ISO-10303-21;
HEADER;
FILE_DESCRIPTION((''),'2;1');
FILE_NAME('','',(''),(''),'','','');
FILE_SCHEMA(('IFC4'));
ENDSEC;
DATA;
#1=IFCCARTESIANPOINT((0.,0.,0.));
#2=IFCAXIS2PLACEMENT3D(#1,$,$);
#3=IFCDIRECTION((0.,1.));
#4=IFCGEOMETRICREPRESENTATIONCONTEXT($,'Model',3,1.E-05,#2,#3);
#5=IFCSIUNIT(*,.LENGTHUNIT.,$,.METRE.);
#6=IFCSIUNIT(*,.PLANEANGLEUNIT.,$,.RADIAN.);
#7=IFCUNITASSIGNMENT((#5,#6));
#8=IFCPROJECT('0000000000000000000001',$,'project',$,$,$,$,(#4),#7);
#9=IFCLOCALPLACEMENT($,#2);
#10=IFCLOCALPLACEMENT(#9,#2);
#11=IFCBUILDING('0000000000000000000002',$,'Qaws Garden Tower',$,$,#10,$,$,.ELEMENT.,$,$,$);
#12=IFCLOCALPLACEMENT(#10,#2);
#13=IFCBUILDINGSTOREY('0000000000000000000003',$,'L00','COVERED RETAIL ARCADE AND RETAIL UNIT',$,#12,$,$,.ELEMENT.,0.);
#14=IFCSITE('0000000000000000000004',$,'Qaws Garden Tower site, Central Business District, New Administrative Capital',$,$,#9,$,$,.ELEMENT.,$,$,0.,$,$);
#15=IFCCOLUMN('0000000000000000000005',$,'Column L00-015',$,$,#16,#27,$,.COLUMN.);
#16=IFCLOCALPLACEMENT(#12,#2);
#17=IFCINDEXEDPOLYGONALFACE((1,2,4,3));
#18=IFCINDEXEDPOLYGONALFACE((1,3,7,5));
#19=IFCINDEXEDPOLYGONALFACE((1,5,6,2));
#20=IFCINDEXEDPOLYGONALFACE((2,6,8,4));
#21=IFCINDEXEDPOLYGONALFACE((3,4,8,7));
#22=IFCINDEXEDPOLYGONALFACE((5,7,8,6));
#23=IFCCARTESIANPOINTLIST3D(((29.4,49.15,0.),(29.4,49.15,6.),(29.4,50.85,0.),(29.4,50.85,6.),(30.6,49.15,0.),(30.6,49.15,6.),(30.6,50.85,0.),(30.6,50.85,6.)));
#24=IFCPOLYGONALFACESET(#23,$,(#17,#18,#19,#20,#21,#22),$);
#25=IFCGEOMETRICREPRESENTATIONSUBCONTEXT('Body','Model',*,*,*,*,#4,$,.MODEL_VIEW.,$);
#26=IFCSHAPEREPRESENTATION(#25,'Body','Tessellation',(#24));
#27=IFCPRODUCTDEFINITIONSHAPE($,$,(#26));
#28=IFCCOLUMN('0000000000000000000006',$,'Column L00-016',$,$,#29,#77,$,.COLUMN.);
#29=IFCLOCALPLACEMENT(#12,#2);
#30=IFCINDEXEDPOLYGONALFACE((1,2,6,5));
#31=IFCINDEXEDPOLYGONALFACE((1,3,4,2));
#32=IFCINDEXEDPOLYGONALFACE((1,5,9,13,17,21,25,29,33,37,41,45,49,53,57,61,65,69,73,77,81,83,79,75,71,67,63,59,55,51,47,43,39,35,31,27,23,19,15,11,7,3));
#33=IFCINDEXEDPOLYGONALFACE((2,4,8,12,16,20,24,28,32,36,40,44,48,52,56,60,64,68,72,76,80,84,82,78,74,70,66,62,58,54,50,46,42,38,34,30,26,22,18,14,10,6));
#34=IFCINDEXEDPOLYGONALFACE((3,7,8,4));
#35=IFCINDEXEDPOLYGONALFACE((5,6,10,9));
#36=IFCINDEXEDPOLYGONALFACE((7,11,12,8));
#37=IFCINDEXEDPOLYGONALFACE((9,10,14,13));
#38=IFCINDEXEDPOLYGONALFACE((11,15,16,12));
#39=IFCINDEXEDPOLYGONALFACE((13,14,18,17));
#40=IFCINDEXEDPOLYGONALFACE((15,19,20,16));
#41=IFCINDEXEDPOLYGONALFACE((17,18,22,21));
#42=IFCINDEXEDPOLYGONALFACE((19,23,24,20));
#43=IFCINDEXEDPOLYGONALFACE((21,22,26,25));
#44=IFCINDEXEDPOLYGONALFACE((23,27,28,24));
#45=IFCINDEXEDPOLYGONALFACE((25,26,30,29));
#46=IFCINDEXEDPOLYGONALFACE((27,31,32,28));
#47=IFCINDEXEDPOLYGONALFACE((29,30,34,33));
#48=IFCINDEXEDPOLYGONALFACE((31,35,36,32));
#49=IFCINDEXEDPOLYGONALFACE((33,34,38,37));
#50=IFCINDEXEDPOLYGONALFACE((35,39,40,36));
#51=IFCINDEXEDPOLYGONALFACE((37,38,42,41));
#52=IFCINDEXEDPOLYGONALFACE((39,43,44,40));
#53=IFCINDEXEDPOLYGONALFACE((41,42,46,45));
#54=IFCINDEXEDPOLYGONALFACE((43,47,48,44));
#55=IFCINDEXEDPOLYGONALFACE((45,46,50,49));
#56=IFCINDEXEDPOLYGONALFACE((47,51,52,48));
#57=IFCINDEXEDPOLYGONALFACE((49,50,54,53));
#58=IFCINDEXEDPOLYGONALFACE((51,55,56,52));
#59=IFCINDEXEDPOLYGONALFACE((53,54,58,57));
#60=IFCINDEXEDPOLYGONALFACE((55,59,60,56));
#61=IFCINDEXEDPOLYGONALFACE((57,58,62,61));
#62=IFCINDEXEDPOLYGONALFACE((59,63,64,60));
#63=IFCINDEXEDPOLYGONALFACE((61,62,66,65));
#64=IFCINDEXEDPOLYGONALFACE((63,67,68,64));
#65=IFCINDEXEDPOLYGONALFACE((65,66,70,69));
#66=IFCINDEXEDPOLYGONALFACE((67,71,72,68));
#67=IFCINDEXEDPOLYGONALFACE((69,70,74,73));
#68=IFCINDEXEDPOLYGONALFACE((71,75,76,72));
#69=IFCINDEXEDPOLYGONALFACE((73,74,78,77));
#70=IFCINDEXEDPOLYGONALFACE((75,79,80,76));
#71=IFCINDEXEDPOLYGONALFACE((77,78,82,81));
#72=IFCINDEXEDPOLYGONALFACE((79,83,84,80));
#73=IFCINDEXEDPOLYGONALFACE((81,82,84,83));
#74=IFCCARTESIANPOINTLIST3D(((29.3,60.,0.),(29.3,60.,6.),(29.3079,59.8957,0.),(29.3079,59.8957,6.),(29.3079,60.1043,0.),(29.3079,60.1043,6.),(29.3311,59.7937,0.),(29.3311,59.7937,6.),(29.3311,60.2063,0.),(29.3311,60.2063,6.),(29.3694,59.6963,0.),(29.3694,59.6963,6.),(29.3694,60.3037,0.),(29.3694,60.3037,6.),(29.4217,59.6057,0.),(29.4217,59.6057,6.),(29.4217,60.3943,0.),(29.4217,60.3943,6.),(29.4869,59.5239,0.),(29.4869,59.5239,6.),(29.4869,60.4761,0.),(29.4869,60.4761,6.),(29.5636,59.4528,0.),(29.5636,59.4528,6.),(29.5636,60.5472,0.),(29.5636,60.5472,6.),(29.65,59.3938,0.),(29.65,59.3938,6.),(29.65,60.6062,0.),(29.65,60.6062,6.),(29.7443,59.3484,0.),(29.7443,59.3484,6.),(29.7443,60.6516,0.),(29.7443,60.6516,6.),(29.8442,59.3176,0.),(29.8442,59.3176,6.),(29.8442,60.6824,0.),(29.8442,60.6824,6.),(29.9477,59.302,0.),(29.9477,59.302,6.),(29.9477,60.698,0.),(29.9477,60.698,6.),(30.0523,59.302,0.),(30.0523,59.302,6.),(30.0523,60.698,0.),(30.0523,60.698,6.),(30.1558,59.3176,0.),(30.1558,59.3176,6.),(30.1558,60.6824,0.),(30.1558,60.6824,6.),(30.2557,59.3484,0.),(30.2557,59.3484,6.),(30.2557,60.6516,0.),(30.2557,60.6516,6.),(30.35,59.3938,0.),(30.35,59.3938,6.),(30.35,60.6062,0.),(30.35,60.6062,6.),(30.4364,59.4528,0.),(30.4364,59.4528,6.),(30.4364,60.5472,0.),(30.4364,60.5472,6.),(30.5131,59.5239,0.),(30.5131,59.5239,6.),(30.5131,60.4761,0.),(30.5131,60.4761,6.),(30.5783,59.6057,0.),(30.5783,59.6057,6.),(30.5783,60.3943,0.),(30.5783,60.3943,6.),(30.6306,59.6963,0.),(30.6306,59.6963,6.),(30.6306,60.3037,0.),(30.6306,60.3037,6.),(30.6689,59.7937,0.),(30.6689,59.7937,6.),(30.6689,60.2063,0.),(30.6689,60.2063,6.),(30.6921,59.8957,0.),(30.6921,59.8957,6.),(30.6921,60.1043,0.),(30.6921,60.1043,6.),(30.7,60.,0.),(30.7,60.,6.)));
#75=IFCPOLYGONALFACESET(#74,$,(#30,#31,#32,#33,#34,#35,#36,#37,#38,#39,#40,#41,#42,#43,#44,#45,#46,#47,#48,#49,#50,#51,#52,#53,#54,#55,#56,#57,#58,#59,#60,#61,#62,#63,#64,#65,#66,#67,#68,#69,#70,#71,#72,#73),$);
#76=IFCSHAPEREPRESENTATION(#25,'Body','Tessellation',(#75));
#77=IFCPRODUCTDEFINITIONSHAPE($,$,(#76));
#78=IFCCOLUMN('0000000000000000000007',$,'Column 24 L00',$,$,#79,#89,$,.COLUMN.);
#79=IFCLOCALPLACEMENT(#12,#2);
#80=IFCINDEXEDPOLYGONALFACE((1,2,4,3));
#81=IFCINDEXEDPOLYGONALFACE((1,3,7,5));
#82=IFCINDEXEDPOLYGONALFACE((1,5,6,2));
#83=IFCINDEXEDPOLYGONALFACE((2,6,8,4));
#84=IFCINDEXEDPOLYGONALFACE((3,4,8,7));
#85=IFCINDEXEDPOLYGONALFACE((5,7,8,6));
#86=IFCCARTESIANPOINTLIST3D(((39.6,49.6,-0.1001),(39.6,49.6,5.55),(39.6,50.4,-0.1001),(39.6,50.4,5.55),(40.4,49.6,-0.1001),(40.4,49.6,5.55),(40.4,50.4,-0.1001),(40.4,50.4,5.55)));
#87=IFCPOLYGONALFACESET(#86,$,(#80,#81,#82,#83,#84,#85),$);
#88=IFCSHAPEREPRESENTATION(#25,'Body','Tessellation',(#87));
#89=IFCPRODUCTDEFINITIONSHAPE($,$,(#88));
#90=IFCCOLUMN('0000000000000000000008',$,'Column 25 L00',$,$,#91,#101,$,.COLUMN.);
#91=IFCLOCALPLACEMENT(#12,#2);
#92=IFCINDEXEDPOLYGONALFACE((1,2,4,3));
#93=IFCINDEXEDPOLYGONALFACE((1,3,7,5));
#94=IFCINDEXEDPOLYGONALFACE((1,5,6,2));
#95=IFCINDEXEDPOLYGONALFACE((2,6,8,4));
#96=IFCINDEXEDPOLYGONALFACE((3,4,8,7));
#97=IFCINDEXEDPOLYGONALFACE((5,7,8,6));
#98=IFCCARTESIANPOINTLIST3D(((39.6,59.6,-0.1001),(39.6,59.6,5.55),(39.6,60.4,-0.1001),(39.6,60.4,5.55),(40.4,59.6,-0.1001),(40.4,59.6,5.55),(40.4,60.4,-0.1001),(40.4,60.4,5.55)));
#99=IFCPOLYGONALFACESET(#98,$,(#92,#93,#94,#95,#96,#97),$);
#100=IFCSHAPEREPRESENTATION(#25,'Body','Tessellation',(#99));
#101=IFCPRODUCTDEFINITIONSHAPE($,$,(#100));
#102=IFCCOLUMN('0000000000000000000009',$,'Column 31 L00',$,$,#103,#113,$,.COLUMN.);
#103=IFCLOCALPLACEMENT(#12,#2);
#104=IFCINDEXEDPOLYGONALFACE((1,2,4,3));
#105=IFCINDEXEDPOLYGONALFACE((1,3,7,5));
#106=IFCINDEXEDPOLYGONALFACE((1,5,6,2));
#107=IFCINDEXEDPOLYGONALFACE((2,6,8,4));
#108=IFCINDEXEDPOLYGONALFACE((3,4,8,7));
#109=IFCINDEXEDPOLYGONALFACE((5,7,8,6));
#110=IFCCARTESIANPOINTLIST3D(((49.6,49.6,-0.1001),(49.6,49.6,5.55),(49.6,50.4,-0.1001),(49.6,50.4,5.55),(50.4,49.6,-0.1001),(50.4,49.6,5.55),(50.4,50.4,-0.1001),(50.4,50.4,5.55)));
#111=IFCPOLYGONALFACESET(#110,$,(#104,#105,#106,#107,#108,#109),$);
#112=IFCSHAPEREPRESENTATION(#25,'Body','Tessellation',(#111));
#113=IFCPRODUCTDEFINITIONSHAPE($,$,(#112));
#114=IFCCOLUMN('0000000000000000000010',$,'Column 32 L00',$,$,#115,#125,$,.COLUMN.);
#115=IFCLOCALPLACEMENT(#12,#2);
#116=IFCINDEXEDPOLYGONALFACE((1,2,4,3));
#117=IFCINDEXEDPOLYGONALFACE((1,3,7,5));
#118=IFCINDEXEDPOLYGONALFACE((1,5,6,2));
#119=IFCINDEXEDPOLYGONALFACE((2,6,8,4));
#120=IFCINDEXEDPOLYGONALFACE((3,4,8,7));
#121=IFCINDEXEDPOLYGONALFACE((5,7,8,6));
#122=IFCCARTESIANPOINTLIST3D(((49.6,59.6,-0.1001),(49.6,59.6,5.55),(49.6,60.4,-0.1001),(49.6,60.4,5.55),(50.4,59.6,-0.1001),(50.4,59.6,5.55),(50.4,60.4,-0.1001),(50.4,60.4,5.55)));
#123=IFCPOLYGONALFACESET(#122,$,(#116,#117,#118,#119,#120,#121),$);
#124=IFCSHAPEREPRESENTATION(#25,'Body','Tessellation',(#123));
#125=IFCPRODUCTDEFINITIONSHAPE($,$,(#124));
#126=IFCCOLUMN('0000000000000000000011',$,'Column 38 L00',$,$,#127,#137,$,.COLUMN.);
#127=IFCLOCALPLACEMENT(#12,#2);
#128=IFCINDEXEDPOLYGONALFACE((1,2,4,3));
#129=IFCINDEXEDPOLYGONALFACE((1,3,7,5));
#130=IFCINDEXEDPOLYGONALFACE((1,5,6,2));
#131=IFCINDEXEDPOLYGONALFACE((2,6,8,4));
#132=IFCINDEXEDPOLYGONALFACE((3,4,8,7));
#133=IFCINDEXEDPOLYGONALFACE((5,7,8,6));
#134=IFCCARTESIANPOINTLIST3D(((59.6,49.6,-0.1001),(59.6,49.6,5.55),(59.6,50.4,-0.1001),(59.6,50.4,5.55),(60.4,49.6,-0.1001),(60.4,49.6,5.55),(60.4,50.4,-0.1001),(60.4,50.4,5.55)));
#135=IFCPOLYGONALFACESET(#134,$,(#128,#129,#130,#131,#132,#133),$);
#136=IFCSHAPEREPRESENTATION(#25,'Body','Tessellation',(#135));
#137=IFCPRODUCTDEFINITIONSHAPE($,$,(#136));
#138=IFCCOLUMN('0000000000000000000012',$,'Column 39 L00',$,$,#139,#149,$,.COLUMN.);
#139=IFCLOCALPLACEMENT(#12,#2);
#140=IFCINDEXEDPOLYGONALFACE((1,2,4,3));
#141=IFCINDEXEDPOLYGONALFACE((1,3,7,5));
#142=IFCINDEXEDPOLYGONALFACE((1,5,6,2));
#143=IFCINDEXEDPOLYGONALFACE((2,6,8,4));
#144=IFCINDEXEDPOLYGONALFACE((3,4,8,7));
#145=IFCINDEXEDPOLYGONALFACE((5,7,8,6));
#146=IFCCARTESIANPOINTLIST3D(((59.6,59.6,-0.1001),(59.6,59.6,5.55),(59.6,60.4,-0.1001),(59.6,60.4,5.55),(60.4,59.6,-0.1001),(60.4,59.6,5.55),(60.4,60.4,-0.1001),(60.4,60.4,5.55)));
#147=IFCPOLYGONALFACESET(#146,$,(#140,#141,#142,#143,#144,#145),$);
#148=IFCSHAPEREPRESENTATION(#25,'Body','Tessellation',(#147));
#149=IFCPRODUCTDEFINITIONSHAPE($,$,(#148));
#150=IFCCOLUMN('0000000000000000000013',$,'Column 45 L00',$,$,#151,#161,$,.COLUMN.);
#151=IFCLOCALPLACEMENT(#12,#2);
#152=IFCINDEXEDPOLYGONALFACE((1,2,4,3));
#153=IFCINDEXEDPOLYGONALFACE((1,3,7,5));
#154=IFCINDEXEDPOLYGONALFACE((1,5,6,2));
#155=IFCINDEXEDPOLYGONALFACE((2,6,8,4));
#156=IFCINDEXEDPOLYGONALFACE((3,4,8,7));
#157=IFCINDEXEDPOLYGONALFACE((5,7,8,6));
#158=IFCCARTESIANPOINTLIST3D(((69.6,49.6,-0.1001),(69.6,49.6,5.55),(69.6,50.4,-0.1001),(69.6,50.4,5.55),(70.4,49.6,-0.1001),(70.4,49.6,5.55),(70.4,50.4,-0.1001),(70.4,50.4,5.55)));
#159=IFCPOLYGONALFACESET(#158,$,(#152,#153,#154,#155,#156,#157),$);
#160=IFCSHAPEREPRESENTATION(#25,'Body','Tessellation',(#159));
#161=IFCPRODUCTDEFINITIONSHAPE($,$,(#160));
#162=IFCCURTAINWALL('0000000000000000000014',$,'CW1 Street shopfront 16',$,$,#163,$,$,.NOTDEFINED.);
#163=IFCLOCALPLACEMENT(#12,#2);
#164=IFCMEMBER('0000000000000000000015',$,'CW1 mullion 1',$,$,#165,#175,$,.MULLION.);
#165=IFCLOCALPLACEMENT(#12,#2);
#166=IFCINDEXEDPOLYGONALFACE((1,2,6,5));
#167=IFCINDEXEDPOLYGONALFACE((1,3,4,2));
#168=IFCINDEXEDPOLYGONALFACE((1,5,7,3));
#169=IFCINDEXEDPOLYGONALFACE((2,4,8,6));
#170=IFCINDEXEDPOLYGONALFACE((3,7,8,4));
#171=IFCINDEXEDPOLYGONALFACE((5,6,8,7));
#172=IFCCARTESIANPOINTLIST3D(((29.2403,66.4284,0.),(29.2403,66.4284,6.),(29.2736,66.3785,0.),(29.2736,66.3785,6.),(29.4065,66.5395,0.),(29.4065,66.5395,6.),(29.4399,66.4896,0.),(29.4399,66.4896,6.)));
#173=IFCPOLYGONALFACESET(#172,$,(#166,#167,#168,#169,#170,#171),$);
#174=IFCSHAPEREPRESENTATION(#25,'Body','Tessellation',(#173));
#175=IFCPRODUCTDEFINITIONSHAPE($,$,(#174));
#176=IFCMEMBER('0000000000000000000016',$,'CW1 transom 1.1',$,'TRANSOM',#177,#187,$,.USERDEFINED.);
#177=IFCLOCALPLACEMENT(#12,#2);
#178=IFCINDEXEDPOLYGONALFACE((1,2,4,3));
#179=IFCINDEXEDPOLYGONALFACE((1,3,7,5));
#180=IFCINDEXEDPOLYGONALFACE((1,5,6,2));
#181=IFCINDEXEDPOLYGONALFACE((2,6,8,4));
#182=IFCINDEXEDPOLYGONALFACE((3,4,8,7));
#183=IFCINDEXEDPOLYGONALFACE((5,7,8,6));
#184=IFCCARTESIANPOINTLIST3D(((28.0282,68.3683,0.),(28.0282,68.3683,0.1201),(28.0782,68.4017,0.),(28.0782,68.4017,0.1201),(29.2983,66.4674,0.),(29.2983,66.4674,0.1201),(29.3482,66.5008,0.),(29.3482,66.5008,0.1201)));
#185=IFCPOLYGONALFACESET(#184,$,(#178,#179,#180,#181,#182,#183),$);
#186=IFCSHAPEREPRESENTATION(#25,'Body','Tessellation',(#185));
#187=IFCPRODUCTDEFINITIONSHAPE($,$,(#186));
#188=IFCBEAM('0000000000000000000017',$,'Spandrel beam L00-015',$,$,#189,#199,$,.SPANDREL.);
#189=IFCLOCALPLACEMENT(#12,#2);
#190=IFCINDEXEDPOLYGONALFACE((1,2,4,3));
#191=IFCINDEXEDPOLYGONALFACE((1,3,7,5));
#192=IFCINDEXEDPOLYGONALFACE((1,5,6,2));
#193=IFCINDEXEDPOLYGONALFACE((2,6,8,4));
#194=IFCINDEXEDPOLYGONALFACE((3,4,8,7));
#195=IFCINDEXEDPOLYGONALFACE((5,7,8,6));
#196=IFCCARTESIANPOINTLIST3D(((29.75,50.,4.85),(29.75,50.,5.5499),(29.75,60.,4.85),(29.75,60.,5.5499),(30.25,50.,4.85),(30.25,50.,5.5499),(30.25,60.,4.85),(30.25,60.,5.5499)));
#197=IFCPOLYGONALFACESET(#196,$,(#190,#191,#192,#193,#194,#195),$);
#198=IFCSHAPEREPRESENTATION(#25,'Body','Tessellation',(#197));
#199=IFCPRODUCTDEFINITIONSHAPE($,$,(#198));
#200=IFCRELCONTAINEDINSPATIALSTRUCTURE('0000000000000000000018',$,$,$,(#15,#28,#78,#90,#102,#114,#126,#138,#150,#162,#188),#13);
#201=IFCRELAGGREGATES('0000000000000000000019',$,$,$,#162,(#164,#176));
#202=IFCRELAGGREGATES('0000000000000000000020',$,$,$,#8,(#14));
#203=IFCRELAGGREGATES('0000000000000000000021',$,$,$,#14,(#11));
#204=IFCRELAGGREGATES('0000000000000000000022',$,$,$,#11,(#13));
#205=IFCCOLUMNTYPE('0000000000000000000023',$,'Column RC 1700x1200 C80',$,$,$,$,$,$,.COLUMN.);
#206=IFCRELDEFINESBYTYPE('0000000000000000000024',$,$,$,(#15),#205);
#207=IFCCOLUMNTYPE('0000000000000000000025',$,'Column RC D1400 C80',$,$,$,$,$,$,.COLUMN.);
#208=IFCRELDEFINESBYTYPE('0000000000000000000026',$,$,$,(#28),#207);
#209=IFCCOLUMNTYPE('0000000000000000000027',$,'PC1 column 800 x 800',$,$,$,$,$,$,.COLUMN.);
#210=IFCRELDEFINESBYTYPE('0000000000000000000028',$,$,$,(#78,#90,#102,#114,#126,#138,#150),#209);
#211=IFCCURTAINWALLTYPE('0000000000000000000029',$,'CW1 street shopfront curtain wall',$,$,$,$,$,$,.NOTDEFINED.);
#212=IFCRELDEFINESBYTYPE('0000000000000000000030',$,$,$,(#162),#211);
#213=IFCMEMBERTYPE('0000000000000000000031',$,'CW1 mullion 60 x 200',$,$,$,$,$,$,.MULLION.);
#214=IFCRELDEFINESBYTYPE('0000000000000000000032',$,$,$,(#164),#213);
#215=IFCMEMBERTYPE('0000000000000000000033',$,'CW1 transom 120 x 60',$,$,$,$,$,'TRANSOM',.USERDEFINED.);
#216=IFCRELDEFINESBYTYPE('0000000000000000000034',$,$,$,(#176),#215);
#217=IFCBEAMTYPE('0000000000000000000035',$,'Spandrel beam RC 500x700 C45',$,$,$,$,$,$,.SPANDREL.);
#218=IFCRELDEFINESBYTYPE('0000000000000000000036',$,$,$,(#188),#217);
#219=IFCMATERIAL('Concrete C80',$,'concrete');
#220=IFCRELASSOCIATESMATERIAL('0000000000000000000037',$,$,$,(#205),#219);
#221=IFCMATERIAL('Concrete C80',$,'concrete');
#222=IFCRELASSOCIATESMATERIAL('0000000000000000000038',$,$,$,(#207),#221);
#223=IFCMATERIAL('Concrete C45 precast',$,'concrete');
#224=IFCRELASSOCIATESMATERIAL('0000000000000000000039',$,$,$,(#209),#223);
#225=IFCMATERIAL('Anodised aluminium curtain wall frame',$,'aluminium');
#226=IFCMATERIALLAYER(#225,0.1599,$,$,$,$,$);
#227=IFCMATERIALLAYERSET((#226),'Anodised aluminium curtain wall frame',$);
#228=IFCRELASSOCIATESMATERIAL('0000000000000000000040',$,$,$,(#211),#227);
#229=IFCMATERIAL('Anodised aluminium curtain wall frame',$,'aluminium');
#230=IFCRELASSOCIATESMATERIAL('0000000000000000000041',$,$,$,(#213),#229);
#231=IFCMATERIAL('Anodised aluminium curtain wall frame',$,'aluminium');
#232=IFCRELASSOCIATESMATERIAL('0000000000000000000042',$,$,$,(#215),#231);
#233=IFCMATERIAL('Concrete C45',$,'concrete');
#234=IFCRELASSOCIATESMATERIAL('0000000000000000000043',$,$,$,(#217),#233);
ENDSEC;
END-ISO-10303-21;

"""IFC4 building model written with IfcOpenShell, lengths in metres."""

from ifc_helpers import new_model, si_unit, direction, frame, origin, origin_2d, place, context, subcontext, project, spatial, rectangle, circle, extrude, material, layer, layer_set, material_profile, profile_set, type_object, element, aggregate, save


model = new_model("IFC4")

# Units and contexts
model_context = context("Model", 3, precision=1e-05, world=origin(), true_north=direction((0.0, 1.0)))
body_context = subcontext(model_context, "Body", "Model", "MODEL_VIEW")
ifc_project = project(units=[si_unit("LENGTHUNIT", "METRE"), si_unit("PLANEANGLEUNIT", "RADIAN")], contexts=[model_context])

# Site, building, storey
site_placement = place(None, origin())
site = spatial("IfcSite", under=ifc_project, at=site_placement, Name="Qaws Garden Tower site, Central Business District, New Administrative Capital", CompositionType="ELEMENT", RefElevation=0.0)
building_placement = place(site_placement, origin())
building = spatial("IfcBuilding", under=site, at=building_placement, Name="Qaws Garden Tower", CompositionType="ELEMENT")
storey_placement = place(building_placement, origin())
storey = spatial("IfcBuildingStorey", under=building, at=storey_placement, Name="L00", Description="COVERED RETAIL ARCADE AND RETAIL UNIT", CompositionType="ELEMENT", Elevation=0.0)

# Columns
ifc_material_1 = material(Name="Concrete C80", Category="concrete")
ifc_material_profile_1 = material_profile(ifc_material_1, rectangle(XDim=1.7, YDim=1.2, at=origin_2d()), Name="RC 1700x1200")
ifc_profile_set_1 = profile_set([ifc_material_profile_1], Name="Concrete C80")
column_type_1 = type_object("IfcColumnType", Name="Column RC 1700x1200 C80", PredefinedType="COLUMN", material=ifc_profile_set_1)
column_1_placement = place(storey_placement, frame((30.0, 50.0, 0.0), z_axis=(0.0, 0.0, 1.0), x_axis=(0.0, 1.0, 0.0)))
element("IfcColumn", 1, at=column_1_placement, inside=storey, type_object=column_type_1, Name="Column L00-015", PredefinedType="COLUMN", context=body_context, shape_type="SweptSolid", body=[
    extrude(rectangle(XDim=1.7, YDim=1.2, at=origin_2d()), origin(), (0.0, 0.0, 1.0), 6.0),
])
ifc_material_2 = material(Name="Concrete C80", Category="concrete")
ifc_material_profile_2 = material_profile(ifc_material_2, circle(Radius=0.7, at=origin_2d()), Name="RC D1400")
ifc_profile_set_2 = profile_set([ifc_material_profile_2], Name="Concrete C80")
column_type_2 = type_object("IfcColumnType", Name="Column RC D1400 C80", PredefinedType="COLUMN", material=ifc_profile_set_2)
column_2_placement = place(storey_placement, frame((30.0, 60.0, 0.0), z_axis=(0.0, 0.0, 1.0), x_axis=(1.0, 0.0, 0.0)))
element("IfcColumn", 2, at=column_2_placement, inside=storey, type_object=column_type_2, Name="Column L00-016", PredefinedType="COLUMN", context=body_context, shape_type="SweptSolid", body=[
    extrude(circle(Radius=0.7, at=origin_2d()), origin(), (0.0, 0.0, 1.0), 6.0),
])
ifc_material_3 = material(Name="Concrete C45 precast", Category="concrete")
ifc_material_profile_3 = material_profile(ifc_material_3, rectangle(XDim=0.8, YDim=0.8, at=origin_2d()), Name="PC1 column 800 x 800")
ifc_profile_set_3 = profile_set([ifc_material_profile_3], Name="Concrete C45 precast")
column_type_3 = type_object("IfcColumnType", Name="PC1 column 800 x 800", PredefinedType="COLUMN", material=ifc_profile_set_3)
for number, where, z_axis, x_axis, name in (
    (3, (40.0, 50.0, -0.1001), (0.0, 0.0, 1.0), (1.0, 0.0, 0.0), "Column 24 L00"),
    (4, (40.0, 60.0, -0.1001), (0.0, 0.0, 1.0), (1.0, 0.0, 0.0), "Column 25 L00"),
    (5, (50.0, 50.0, -0.1001), (0.0, 0.0, 1.0), (1.0, 0.0, 0.0), "Column 31 L00"),
    (6, (50.0, 60.0, -0.1001), (0.0, 0.0, 1.0), (1.0, 0.0, 0.0), "Column 32 L00"),
    (7, (60.0, 50.0, -0.1001), (0.0, 0.0, 1.0), (1.0, 0.0, 0.0), "Column 38 L00"),
    (8, (60.0, 60.0, -0.1001), (0.0, 0.0, 1.0), (1.0, 0.0, 0.0), "Column 39 L00"),
    (9, (70.0, 50.0, -0.1001), (0.0, 0.0, 1.0), (1.0, 0.0, 0.0), "Column 45 L00"),
):
    element("IfcColumn", number, at=place(storey_placement, frame(where, z_axis=z_axis, x_axis=x_axis)), inside=storey, type_object=column_type_3, Name=name, PredefinedType="COLUMN", context=body_context, shape_type="SweptSolid", body=[
        extrude(rectangle(XDim=0.8, YDim=0.8, at=origin_2d()), origin(), (0.0, 0.0, 1.0), 5.6501),
    ])

# Curtain wall, members
ifc_material_4 = material(Name="Anodised aluminium curtain wall frame", Category="aluminium")
ifc_layer_1 = layer(ifc_material_4, 0.1599)
ifc_layer_set_1 = layer_set([ifc_layer_1], Name="Anodised aluminium curtain wall frame")
curtain_wall_type = type_object("IfcCurtainWallType", Name="CW1 street shopfront curtain wall", PredefinedType="NOTDEFINED", material=ifc_layer_set_1)
curtain_wall_placement = place(storey_placement, origin())
curtain_wall = element("IfcCurtainWall", 10, at=curtain_wall_placement, inside=storey, type_object=curtain_wall_type, Name="CW1 Street shopfront 16", PredefinedType="NOTDEFINED")
ifc_material_5 = material(Name="Anodised aluminium curtain wall frame", Category="aluminium")
ifc_material_profile_4 = material_profile(ifc_material_5, rectangle(XDim=0.2, YDim=0.0601, at=origin_2d()), Name="AL 60x200")
ifc_profile_set_4 = profile_set([ifc_material_profile_4], Name="Anodised aluminium curtain wall frame")
member_type_1 = type_object("IfcMemberType", Name="CW1 mullion 60 x 200", PredefinedType="MULLION", material=ifc_profile_set_4)
member_1_placement = place(storey_placement, frame((29.3401, 66.459, 0.0), z_axis=(0.0, 0.0, 1.0), x_axis=(-0.83147, -0.55557, 0.0)))
member_1 = element("IfcMember", 11, at=member_1_placement, type_object=member_type_1, Name="CW1 mullion 1", PredefinedType="MULLION", context=body_context, shape_type="SweptSolid", body=[
    extrude(rectangle(XDim=0.2, YDim=0.0601, at=origin_2d()), origin(), (0.0, 0.0, 1.0), 6.0),
])
ifc_material_6 = material(Name="Anodised aluminium curtain wall frame", Category="aluminium")
ifc_material_profile_5 = material_profile(ifc_material_6, rectangle(XDim=0.0601, YDim=0.1201, at=origin_2d()), Name="AL 60x120")
ifc_profile_set_5 = profile_set([ifc_material_profile_5], Name="Anodised aluminium curtain wall frame")
member_type_2 = type_object("IfcMemberType", Name="CW1 transom 120 x 60", ElementType="TRANSOM", PredefinedType="USERDEFINED", material=ifc_profile_set_5)
member_2_placement = place(storey_placement, frame((29.3232, 66.4841, 0.0601), z_axis=(-0.555538, 0.831491, 0.0), x_axis=(-0.831491, -0.555538, 0.0)))
member_2 = element("IfcMember", 12, at=member_2_placement, type_object=member_type_2, Name="CW1 transom 1.1", ObjectType="TRANSOM", PredefinedType="USERDEFINED", context=body_context, shape_type="SweptSolid", body=[
    extrude(rectangle(XDim=0.0601, YDim=0.1201, at=origin_2d()), origin(), (0.0, 0.0, 1.0), 2.2861),
])
aggregate(curtain_wall, [member_1, member_2])

# Beam
ifc_material_7 = material(Name="Concrete C45", Category="concrete")
ifc_material_profile_6 = material_profile(ifc_material_7, rectangle(XDim=0.5, YDim=0.7, at=origin_2d()), Name="RC 500x700")
ifc_profile_set_6 = profile_set([ifc_material_profile_6], Name="Concrete C45")
beam_type = type_object("IfcBeamType", Name="Spandrel beam RC 500x700 C45", PredefinedType="SPANDREL", material=ifc_profile_set_6)
beam_1_placement = place(storey_placement, frame((30.0, 50.0, 5.2), z_axis=(0.0, 1.0, 0.0), x_axis=(-1.0, 0.0, 0.0)))
element("IfcBeam", 13, at=beam_1_placement, inside=storey, type_object=beam_type, Name="Spandrel beam L00-015", PredefinedType="SPANDREL", context=body_context, shape_type="SweptSolid", body=[
    extrude(rectangle(XDim=0.5, YDim=0.7, at=origin_2d()), origin(), (0.0, 0.0, 1.0), 10.0),
])

save(model, "model.ifc")
